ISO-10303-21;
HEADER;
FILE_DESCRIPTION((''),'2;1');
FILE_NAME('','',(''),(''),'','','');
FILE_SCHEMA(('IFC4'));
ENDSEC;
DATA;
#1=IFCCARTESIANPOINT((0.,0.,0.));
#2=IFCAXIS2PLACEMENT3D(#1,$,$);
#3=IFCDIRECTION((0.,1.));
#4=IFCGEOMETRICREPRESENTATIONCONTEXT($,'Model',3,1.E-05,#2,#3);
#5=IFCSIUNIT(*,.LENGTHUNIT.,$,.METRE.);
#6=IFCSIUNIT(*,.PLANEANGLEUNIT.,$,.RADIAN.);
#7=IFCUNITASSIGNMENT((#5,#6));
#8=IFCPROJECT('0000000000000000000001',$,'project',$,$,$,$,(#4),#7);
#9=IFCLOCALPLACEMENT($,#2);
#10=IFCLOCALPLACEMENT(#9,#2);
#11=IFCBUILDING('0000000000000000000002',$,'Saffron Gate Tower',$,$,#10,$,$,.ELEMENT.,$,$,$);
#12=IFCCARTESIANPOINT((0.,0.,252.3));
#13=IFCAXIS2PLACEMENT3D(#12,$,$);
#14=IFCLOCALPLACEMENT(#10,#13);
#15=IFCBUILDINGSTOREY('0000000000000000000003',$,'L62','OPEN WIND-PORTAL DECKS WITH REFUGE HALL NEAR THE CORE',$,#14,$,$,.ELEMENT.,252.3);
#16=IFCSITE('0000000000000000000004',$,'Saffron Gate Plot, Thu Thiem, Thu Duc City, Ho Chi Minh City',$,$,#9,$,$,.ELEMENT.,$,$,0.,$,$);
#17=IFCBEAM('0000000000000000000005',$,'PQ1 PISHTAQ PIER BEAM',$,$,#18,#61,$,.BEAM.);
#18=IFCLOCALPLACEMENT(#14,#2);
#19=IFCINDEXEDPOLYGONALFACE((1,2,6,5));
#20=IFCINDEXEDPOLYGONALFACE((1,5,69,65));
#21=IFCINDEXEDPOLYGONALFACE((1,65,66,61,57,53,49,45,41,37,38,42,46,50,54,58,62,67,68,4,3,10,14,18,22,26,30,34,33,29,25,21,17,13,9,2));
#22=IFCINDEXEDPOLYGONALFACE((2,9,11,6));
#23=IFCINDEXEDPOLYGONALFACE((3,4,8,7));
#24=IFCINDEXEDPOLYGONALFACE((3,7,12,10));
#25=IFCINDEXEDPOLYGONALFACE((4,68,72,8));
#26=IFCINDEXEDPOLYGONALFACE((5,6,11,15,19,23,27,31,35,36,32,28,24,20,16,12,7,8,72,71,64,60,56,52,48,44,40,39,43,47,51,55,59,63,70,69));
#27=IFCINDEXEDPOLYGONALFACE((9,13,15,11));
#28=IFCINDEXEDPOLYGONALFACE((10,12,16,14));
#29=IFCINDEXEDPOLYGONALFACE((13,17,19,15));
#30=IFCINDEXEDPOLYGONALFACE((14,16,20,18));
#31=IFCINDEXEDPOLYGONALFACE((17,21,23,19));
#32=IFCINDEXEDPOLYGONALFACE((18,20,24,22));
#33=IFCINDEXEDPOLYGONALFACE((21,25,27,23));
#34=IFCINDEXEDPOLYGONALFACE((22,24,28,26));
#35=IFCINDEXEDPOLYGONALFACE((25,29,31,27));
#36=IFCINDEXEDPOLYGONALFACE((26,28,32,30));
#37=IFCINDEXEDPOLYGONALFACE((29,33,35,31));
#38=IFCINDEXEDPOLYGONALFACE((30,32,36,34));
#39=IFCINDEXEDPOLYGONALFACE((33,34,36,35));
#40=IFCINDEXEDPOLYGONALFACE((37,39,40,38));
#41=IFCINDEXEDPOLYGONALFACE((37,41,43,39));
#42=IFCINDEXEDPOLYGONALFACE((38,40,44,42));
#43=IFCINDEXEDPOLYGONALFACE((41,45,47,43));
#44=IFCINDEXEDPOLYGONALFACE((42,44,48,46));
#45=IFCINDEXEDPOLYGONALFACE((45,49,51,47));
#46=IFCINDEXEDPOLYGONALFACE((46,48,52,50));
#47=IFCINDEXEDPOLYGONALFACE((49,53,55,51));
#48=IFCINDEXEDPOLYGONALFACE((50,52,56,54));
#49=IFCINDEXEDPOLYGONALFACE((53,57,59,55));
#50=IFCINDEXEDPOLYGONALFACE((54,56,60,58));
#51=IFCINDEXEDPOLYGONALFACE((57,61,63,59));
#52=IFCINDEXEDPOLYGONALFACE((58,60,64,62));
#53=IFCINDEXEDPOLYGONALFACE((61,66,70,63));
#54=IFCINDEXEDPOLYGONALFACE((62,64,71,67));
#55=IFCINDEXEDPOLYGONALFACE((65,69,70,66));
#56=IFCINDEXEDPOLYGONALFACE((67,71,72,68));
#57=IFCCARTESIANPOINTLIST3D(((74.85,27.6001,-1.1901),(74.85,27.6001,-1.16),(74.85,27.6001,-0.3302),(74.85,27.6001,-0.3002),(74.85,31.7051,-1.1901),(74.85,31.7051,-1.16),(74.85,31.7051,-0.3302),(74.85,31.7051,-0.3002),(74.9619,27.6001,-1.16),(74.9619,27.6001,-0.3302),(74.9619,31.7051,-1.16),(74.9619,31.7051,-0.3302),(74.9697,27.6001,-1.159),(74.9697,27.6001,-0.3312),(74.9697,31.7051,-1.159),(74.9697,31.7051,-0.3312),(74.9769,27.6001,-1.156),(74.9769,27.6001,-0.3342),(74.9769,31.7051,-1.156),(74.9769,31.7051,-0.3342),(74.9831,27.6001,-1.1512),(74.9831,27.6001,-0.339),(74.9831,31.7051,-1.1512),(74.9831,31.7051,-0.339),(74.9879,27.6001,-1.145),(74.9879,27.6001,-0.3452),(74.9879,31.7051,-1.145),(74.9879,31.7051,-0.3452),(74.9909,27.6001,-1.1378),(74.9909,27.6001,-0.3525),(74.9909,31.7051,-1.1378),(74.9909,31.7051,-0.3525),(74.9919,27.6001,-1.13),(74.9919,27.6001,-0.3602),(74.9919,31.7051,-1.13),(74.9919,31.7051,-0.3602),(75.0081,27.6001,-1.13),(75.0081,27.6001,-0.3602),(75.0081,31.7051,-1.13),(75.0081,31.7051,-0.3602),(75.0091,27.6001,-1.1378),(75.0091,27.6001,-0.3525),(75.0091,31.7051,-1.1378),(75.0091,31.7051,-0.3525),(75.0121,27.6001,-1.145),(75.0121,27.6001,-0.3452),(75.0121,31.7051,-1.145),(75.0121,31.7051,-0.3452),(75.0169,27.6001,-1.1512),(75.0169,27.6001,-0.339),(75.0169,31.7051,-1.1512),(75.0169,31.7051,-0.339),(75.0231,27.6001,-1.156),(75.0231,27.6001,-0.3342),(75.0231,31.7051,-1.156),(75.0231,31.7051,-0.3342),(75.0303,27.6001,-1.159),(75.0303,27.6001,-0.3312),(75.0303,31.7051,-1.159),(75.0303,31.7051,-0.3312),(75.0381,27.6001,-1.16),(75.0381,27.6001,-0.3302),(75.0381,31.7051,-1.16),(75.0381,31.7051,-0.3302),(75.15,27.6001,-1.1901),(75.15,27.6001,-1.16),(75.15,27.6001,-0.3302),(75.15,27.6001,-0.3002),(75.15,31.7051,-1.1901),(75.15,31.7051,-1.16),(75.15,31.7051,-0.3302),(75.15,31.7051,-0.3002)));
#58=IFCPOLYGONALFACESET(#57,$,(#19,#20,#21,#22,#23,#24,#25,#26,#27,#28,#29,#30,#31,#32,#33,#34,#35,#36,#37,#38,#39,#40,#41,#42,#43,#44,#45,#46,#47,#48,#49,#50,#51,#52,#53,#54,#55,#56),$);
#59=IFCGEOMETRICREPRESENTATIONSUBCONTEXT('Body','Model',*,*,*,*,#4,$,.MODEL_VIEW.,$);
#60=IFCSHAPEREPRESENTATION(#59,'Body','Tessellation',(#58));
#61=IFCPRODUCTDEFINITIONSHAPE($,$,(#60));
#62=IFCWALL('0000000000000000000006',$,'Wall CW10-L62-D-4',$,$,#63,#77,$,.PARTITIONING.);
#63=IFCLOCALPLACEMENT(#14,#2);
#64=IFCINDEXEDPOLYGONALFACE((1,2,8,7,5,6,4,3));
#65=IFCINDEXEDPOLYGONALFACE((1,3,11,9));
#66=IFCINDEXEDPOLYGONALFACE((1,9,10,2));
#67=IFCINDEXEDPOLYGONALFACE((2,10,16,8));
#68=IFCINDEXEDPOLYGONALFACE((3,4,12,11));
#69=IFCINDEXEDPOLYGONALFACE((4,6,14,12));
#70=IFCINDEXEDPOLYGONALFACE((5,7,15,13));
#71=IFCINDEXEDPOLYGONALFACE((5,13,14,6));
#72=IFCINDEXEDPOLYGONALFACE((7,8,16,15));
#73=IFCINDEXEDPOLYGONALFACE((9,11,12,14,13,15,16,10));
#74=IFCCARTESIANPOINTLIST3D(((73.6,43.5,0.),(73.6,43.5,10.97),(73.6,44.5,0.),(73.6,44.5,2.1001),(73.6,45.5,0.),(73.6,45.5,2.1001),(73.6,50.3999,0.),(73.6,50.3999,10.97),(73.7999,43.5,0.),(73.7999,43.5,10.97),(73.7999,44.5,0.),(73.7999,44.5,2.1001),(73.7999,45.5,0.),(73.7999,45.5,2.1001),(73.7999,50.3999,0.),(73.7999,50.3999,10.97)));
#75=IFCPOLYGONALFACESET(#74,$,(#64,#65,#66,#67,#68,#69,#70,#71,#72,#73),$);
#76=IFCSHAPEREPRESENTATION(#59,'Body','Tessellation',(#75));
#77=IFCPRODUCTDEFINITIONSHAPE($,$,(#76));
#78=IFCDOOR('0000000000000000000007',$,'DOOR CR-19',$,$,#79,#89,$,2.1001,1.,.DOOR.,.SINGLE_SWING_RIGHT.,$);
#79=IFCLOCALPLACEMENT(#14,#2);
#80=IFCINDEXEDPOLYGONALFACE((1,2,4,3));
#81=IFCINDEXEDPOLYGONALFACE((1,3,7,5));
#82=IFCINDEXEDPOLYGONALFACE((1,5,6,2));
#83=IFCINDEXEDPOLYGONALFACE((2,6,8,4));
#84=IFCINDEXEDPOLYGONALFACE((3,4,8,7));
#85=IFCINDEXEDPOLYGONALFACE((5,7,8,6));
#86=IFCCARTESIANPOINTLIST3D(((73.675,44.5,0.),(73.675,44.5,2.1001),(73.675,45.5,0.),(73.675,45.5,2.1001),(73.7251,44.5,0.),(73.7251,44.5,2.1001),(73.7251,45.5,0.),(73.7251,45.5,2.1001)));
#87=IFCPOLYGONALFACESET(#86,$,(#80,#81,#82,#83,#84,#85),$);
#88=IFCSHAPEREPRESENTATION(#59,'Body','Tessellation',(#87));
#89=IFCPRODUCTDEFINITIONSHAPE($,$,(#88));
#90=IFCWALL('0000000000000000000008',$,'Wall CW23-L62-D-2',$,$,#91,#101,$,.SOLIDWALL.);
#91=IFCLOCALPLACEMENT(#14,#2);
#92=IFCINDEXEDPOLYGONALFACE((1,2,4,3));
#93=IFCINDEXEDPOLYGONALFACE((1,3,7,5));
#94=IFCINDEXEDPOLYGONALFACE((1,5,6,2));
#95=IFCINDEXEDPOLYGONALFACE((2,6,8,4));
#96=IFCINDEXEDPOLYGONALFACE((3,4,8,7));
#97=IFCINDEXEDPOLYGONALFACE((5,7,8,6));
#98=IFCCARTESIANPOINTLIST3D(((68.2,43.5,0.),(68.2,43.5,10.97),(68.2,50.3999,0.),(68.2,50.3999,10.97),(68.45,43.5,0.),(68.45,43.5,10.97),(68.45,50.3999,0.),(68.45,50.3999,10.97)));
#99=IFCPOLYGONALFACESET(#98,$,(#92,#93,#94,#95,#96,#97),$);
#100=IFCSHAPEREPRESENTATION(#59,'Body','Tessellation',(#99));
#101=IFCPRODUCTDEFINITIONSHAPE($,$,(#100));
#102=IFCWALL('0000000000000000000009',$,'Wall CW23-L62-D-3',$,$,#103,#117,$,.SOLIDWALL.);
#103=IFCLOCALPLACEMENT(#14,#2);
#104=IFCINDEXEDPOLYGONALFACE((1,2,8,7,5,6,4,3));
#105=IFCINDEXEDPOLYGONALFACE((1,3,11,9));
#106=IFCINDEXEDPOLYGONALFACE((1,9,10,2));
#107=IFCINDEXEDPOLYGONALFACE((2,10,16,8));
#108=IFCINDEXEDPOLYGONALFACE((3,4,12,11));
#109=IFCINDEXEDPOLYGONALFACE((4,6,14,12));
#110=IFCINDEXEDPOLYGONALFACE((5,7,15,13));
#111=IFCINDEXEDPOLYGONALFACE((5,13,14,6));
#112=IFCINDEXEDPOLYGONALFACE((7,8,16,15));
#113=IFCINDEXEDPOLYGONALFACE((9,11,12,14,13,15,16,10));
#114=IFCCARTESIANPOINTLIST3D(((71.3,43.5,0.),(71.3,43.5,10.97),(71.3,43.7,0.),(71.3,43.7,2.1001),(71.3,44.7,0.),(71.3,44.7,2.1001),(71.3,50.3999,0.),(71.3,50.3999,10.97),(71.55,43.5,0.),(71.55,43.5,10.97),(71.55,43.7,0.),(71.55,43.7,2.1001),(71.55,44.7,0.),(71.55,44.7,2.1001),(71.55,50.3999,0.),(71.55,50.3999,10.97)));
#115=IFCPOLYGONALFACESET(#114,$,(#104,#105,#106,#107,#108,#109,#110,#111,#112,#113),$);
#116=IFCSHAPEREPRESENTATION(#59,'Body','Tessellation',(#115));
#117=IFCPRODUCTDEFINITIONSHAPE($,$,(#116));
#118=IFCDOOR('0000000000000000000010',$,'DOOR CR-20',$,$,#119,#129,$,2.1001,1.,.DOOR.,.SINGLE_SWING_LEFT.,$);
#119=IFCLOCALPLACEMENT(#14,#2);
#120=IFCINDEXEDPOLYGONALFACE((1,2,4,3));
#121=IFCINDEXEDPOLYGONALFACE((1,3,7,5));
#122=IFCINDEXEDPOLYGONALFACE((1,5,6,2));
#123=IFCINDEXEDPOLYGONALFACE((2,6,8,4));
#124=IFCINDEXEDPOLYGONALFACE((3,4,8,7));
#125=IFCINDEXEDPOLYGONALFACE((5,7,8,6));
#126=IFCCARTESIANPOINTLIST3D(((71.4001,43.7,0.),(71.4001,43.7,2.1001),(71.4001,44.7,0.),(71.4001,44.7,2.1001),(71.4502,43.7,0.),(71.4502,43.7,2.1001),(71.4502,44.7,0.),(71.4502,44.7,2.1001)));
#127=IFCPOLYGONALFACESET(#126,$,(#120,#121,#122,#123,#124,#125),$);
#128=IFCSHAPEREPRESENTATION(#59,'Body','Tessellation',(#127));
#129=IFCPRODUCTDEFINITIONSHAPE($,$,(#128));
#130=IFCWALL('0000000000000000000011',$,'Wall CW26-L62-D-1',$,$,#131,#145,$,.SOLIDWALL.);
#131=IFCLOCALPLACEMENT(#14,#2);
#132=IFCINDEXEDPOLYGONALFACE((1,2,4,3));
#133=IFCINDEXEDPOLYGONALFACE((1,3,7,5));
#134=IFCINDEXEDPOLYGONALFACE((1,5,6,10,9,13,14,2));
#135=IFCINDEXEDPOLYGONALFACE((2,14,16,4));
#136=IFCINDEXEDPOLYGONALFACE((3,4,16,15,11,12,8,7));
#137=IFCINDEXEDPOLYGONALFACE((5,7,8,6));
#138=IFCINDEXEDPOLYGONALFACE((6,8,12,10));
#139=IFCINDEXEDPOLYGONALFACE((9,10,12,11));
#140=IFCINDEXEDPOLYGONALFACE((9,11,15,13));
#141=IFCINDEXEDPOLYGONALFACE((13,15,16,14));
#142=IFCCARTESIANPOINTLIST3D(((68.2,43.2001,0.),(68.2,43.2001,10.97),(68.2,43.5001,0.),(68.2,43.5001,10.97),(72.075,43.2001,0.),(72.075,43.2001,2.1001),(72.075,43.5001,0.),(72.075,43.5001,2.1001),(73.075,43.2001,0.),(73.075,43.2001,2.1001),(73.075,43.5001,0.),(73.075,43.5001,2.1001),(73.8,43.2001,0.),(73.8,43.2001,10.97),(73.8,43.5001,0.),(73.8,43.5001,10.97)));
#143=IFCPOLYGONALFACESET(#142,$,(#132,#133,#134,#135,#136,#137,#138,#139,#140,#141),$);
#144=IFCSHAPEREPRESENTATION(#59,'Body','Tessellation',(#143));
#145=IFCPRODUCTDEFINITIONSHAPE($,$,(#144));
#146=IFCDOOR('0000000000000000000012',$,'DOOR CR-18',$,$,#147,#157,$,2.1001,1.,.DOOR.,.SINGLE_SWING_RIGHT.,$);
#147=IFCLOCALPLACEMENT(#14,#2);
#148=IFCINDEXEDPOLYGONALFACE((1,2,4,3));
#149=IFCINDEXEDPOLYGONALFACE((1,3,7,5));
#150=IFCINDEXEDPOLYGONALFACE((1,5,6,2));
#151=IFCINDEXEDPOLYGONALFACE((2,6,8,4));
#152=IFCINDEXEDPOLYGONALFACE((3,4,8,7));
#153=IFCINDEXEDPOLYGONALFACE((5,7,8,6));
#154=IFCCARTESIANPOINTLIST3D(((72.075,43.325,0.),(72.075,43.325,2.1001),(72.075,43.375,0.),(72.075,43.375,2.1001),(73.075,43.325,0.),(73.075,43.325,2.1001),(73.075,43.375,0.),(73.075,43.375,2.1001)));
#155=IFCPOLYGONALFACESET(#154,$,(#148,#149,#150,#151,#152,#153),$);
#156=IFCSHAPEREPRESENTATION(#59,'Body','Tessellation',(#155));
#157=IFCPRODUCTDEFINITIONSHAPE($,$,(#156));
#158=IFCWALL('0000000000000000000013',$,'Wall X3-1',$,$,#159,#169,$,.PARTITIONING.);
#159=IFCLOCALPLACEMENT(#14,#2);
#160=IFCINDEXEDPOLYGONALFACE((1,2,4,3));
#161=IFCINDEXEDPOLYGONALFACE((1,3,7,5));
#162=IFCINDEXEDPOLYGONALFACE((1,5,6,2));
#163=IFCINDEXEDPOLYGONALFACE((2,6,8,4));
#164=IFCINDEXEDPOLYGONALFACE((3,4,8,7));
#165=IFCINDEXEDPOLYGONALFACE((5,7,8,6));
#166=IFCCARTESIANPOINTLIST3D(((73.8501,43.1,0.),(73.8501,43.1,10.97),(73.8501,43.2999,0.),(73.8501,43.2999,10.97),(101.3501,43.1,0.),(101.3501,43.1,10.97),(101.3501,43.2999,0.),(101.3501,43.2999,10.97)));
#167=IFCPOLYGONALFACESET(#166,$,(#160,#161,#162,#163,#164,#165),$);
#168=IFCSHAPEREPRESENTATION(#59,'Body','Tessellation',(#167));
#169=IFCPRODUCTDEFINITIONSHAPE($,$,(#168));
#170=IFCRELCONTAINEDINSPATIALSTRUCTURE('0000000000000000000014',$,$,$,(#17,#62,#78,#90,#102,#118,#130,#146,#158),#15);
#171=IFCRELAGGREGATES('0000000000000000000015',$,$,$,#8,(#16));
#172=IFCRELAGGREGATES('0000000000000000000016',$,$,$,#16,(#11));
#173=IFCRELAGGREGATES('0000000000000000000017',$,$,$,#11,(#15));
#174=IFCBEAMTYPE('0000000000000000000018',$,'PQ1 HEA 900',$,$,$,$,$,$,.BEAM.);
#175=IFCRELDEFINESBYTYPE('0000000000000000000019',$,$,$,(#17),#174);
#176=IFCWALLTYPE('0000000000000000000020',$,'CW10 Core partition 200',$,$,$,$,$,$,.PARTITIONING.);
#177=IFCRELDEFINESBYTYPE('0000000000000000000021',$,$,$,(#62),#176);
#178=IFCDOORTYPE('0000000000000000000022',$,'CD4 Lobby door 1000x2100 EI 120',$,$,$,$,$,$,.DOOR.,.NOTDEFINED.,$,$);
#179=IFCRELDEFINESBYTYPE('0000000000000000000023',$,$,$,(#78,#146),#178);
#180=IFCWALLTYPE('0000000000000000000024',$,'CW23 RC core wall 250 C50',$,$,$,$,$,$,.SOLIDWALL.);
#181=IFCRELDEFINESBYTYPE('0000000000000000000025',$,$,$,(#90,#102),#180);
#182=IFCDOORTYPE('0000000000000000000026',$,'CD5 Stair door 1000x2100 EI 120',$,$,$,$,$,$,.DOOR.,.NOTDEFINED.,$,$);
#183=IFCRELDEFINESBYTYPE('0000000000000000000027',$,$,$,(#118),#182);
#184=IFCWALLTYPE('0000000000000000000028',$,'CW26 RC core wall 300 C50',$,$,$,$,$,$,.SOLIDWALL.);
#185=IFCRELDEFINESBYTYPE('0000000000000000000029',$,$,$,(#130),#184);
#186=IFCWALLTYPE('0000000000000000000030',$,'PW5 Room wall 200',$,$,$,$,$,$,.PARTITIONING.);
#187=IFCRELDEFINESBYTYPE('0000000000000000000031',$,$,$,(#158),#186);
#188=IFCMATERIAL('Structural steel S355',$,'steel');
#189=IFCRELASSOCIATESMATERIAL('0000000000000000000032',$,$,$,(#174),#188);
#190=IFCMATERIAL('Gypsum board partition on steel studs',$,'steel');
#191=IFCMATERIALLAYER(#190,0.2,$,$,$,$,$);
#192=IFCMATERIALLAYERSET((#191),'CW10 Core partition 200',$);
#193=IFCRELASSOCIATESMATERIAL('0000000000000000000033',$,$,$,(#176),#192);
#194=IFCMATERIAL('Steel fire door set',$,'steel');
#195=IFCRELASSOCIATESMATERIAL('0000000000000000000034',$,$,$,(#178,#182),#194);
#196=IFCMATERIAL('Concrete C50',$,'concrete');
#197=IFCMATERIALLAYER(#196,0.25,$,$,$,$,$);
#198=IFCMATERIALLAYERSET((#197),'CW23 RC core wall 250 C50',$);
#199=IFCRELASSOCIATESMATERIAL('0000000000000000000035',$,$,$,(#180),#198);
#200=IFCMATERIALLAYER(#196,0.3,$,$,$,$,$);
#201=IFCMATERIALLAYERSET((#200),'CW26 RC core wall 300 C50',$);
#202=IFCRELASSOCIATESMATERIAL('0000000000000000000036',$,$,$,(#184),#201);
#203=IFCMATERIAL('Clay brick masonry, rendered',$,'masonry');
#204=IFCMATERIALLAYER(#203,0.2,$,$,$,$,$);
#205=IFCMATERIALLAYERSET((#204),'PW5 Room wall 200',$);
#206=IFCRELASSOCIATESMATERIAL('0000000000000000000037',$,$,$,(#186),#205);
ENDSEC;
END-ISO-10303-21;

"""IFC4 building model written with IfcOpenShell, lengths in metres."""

from ifc_helpers import new_model, si_unit, direction, frame, frame_2d, origin, origin_2d, place, context, subcontext, project, spatial, rectangle, i_section, extrude, material, layer, layer_set, material_profile, profile_set, type_object, element, fill, save


model = new_model("IFC4")

# Units and contexts
model_context = context("Model", 3, precision=1e-05, world=origin(), true_north=direction((0.0, 1.0)))
body_context = subcontext(model_context, "Body", "Model", "MODEL_VIEW")
ifc_project = project(units=[si_unit("LENGTHUNIT", "METRE"), si_unit("PLANEANGLEUNIT", "RADIAN")], contexts=[model_context])

# Site, building, storey
site_placement = place(None, origin())
site = spatial("IfcSite", under=ifc_project, at=site_placement, Name="Saffron Gate Plot, Thu Thiem, Thu Duc City, Ho Chi Minh City", CompositionType="ELEMENT", RefElevation=0.0)
building_placement = place(site_placement, origin())
building = spatial("IfcBuilding", under=site, at=building_placement, Name="Saffron Gate Tower", CompositionType="ELEMENT")
storey_placement = place(building_placement, frame((0.0, 0.0, 252.3)))
storey = spatial("IfcBuildingStorey", under=building, at=storey_placement, Name="L62", Description="OPEN WIND-PORTAL DECKS WITH REFUGE HALL NEAR THE CORE", CompositionType="ELEMENT", Elevation=252.3)

# Shared definitions
ifc_material_1 = material(Name="Structural steel S355", Category="steel")

# Beam
ifc_material_profile_1 = material_profile(ifc_material_1, i_section(OverallWidth=0.3, OverallDepth=0.8899, WebThickness=0.0161, FlangeThickness=0.03, FilletRadius=0.03, at=origin_2d()))
ifc_profile_set_1 = profile_set([ifc_material_profile_1], Name="Structural steel S355")
beam_type_1 = type_object("IfcBeamType", Name="PQ1 HEA 900", PredefinedType="BEAM", material=ifc_profile_set_1)
beam_1_placement = place(storey_placement, frame((75.0, 27.6001, -0.7451), z_axis=(0.0, 1.0, 0.0), x_axis=(-1.0, 0.0, 0.0)))
element("IfcBeam", 1, at=beam_1_placement, inside=storey, type_object=beam_type_1, Name="PQ1 PISHTAQ PIER BEAM", PredefinedType="BEAM", context=body_context, shape_type="SweptSolid", body=[
    extrude(i_section(OverallWidth=0.3, OverallDepth=0.8899, WebThickness=0.0161, FlangeThickness=0.03, FilletRadius=0.03, at=origin_2d()), origin(), (0.0, 0.0, 1.0), 4.105),
])

# Wall, opening, door
ifc_material_2 = material(Name="Gypsum board partition on steel studs", Category="steel")
ifc_layer_1 = layer(ifc_material_2, 0.2)
ifc_layer_set_1 = layer_set([ifc_layer_1], Name="CW10 Core partition 200")
wall_type_1 = type_object("IfcWallType", Name="CW10 Core partition 200", PredefinedType="PARTITIONING", material=ifc_layer_set_1)
wall_1_placement = place(storey_placement, frame((73.7, 43.5, 0.0), z_axis=(0.0, 0.0, 1.0), x_axis=(0.0, 1.0, 0.0)))
wall_1 = element("IfcWall", 2, at=wall_1_placement, inside=storey, type_object=wall_type_1, Name="Wall CW10-L62-D-4", PredefinedType="PARTITIONING", context=body_context, shape_type="SweptSolid", body=[
    extrude(rectangle(XDim=6.8999, YDim=0.2, at=frame_2d((3.45, 0.0))), origin(), (0.0, 0.0, 1.0), 10.97),
])
opening_1_placement = place(wall_1_placement, frame((1.0, 0.0, 0.0)))
opening_1 = element("IfcOpeningElement", 3, at=opening_1_placement, cuts=wall_1, PredefinedType="OPENING", context=body_context, shape_type="SweptSolid", body=[
    extrude(rectangle(XDim=1.0, YDim=2.1001, at=frame_2d((0.5, 1.05))), frame((0.0, 0.1099, 0.0), z_axis=(0.0, -1.0, 0.0), x_axis=(1.0, 0.0, 0.0)), (0.0, 0.0, 1.0), 0.22),
])
ifc_material_3 = material(Name="Steel fire door set", Category="steel")
door_type_1 = type_object("IfcDoorType", Name="CD4 Lobby door 1000x2100 EI 120", OperationType="NOTDEFINED", PredefinedType="DOOR", material=ifc_material_3)
door_1_placement = place(opening_1_placement, origin())
door_1 = element("IfcDoor", 4, at=door_1_placement, inside=storey, type_object=door_type_1, Name="DOOR CR-19", OperationType="SINGLE_SWING_RIGHT", OverallHeight=2.1001, OverallWidth=1.0, PredefinedType="DOOR", context=body_context, shape_type="SweptSolid", body=[
    extrude(rectangle(XDim=1.0, YDim=2.1001, at=frame_2d((0.5, 1.05))), frame((0.0, 0.0249, 0.0), z_axis=(0.0, -1.0, 0.0), x_axis=(1.0, 0.0, 0.0)), (0.0, 0.0, 1.0), 0.05),
])
fill(opening_1, door_1)

# Wall
ifc_material_4 = material(Name="Concrete C50", Category="concrete")
ifc_layer_2 = layer(ifc_material_4, 0.25)
ifc_layer_set_2 = layer_set([ifc_layer_2], Name="CW23 RC core wall 250 C50")
wall_type_2 = type_object("IfcWallType", Name="CW23 RC core wall 250 C50", PredefinedType="SOLIDWALL", material=ifc_layer_set_2)
wall_2_placement = place(storey_placement, frame((68.325, 43.5, 0.0), z_axis=(0.0, 0.0, 1.0), x_axis=(0.0, 1.0, 0.0)))
element("IfcWall", 5, at=wall_2_placement, inside=storey, type_object=wall_type_2, Name="Wall CW23-L62-D-2", PredefinedType="SOLIDWALL", context=body_context, shape_type="SweptSolid", body=[
    extrude(rectangle(XDim=6.8999, YDim=0.25, at=frame_2d((3.45, 0.0))), origin(), (0.0, 0.0, 1.0), 10.97),
])

# Walls, openings, doors
wall_3_placement = place(storey_placement, frame((71.425, 43.5, 0.0), z_axis=(0.0, 0.0, 1.0), x_axis=(0.0, 1.0, 0.0)))
wall_3 = element("IfcWall", 6, at=wall_3_placement, inside=storey, type_object=wall_type_2, Name="Wall CW23-L62-D-3", PredefinedType="SOLIDWALL", context=body_context, shape_type="SweptSolid", body=[
    extrude(rectangle(XDim=6.8999, YDim=0.25, at=frame_2d((3.45, 0.0))), origin(), (0.0, 0.0, 1.0), 10.97),
])
opening_2_placement = place(wall_3_placement, frame((0.2, 0.0, 0.0)))
opening_2 = element("IfcOpeningElement", 7, at=opening_2_placement, cuts=wall_3, PredefinedType="OPENING", context=body_context, shape_type="SweptSolid", body=[
    extrude(rectangle(XDim=1.0, YDim=2.1001, at=frame_2d((0.5, 1.05))), frame((0.0, 0.135, 0.0), z_axis=(0.0, -1.0, 0.0), x_axis=(1.0, 0.0, 0.0)), (0.0, 0.0, 1.0), 0.27),
])
door_type_2 = type_object("IfcDoorType", Name="CD5 Stair door 1000x2100 EI 120", OperationType="NOTDEFINED", PredefinedType="DOOR", material=ifc_material_3)
door_2_placement = place(opening_2_placement, origin())
door_2 = element("IfcDoor", 8, at=door_2_placement, inside=storey, type_object=door_type_2, Name="DOOR CR-20", OperationType="SINGLE_SWING_LEFT", OverallHeight=2.1001, OverallWidth=1.0, PredefinedType="DOOR", context=body_context, shape_type="SweptSolid", body=[
    extrude(rectangle(XDim=1.0, YDim=2.1001, at=frame_2d((0.5, 1.05))), frame((0.0, 0.0249, 0.0), z_axis=(0.0, -1.0, 0.0), x_axis=(1.0, 0.0, 0.0)), (0.0, 0.0, 1.0), 0.05),
])
fill(opening_2, door_2)
ifc_layer_3 = layer(ifc_material_4, 0.3)
ifc_layer_set_3 = layer_set([ifc_layer_3], Name="CW26 RC core wall 300 C50")
wall_type_3 = type_object("IfcWallType", Name="CW26 RC core wall 300 C50", PredefinedType="SOLIDWALL", material=ifc_layer_set_3)
wall_4_placement = place(storey_placement, frame((68.2, 43.3501, 0.0), z_axis=(0.0, 0.0, 1.0), x_axis=(1.0, 0.0, 0.0)))
wall_4 = element("IfcWall", 9, at=wall_4_placement, inside=storey, type_object=wall_type_3, Name="Wall CW26-L62-D-1", PredefinedType="SOLIDWALL", context=body_context, shape_type="SweptSolid", body=[
    extrude(rectangle(XDim=5.6001, YDim=0.3, at=frame_2d((2.8, 0.0))), origin(), (0.0, 0.0, 1.0), 10.97),
])
opening_3_placement = place(wall_4_placement, frame((3.875, 0.0, 0.0)))
opening_3 = element("IfcOpeningElement", 10, at=opening_3_placement, cuts=wall_4, PredefinedType="OPENING", context=body_context, shape_type="SweptSolid", body=[
    extrude(rectangle(XDim=1.0, YDim=2.1001, at=frame_2d((0.5, 1.05))), frame((0.0, 0.1602, 0.0), z_axis=(0.0, -1.0, 0.0), x_axis=(1.0, 0.0, 0.0)), (0.0, 0.0, 1.0), 0.3201),
])
door_3_placement = place(opening_3_placement, origin())
door_3 = element("IfcDoor", 11, at=door_3_placement, inside=storey, type_object=door_type_1, Name="DOOR CR-18", OperationType="SINGLE_SWING_RIGHT", OverallHeight=2.1001, OverallWidth=1.0, PredefinedType="DOOR", context=body_context, shape_type="SweptSolid", body=[
    extrude(rectangle(XDim=1.0, YDim=2.1001, at=frame_2d((0.5, 1.05))), frame((0.0, 0.0249, 0.0), z_axis=(0.0, -1.0, 0.0), x_axis=(1.0, 0.0, 0.0)), (0.0, 0.0, 1.0), 0.05),
])
fill(opening_3, door_3)

# Wall
ifc_material_5 = material(Name="Clay brick masonry, rendered", Category="masonry")
ifc_layer_4 = layer(ifc_material_5, 0.2)
ifc_layer_set_4 = layer_set([ifc_layer_4], Name="PW5 Room wall 200")
wall_type_4 = type_object("IfcWallType", Name="PW5 Room wall 200", PredefinedType="PARTITIONING", material=ifc_layer_set_4)
wall_5_placement = place(storey_placement, frame((73.8501, 43.2, 0.0), z_axis=(0.0, 0.0, 1.0), x_axis=(1.0, 0.0, 0.0)))
element("IfcWall", 12, at=wall_5_placement, inside=storey, type_object=wall_type_4, Name="Wall X3-1", PredefinedType="PARTITIONING", context=body_context, shape_type="SweptSolid", body=[
    extrude(rectangle(XDim=27.5, YDim=0.2, at=frame_2d((13.75, 0.0))), origin(), (0.0, 0.0, 1.0), 10.97),
])

save(model, "model.ifc")
